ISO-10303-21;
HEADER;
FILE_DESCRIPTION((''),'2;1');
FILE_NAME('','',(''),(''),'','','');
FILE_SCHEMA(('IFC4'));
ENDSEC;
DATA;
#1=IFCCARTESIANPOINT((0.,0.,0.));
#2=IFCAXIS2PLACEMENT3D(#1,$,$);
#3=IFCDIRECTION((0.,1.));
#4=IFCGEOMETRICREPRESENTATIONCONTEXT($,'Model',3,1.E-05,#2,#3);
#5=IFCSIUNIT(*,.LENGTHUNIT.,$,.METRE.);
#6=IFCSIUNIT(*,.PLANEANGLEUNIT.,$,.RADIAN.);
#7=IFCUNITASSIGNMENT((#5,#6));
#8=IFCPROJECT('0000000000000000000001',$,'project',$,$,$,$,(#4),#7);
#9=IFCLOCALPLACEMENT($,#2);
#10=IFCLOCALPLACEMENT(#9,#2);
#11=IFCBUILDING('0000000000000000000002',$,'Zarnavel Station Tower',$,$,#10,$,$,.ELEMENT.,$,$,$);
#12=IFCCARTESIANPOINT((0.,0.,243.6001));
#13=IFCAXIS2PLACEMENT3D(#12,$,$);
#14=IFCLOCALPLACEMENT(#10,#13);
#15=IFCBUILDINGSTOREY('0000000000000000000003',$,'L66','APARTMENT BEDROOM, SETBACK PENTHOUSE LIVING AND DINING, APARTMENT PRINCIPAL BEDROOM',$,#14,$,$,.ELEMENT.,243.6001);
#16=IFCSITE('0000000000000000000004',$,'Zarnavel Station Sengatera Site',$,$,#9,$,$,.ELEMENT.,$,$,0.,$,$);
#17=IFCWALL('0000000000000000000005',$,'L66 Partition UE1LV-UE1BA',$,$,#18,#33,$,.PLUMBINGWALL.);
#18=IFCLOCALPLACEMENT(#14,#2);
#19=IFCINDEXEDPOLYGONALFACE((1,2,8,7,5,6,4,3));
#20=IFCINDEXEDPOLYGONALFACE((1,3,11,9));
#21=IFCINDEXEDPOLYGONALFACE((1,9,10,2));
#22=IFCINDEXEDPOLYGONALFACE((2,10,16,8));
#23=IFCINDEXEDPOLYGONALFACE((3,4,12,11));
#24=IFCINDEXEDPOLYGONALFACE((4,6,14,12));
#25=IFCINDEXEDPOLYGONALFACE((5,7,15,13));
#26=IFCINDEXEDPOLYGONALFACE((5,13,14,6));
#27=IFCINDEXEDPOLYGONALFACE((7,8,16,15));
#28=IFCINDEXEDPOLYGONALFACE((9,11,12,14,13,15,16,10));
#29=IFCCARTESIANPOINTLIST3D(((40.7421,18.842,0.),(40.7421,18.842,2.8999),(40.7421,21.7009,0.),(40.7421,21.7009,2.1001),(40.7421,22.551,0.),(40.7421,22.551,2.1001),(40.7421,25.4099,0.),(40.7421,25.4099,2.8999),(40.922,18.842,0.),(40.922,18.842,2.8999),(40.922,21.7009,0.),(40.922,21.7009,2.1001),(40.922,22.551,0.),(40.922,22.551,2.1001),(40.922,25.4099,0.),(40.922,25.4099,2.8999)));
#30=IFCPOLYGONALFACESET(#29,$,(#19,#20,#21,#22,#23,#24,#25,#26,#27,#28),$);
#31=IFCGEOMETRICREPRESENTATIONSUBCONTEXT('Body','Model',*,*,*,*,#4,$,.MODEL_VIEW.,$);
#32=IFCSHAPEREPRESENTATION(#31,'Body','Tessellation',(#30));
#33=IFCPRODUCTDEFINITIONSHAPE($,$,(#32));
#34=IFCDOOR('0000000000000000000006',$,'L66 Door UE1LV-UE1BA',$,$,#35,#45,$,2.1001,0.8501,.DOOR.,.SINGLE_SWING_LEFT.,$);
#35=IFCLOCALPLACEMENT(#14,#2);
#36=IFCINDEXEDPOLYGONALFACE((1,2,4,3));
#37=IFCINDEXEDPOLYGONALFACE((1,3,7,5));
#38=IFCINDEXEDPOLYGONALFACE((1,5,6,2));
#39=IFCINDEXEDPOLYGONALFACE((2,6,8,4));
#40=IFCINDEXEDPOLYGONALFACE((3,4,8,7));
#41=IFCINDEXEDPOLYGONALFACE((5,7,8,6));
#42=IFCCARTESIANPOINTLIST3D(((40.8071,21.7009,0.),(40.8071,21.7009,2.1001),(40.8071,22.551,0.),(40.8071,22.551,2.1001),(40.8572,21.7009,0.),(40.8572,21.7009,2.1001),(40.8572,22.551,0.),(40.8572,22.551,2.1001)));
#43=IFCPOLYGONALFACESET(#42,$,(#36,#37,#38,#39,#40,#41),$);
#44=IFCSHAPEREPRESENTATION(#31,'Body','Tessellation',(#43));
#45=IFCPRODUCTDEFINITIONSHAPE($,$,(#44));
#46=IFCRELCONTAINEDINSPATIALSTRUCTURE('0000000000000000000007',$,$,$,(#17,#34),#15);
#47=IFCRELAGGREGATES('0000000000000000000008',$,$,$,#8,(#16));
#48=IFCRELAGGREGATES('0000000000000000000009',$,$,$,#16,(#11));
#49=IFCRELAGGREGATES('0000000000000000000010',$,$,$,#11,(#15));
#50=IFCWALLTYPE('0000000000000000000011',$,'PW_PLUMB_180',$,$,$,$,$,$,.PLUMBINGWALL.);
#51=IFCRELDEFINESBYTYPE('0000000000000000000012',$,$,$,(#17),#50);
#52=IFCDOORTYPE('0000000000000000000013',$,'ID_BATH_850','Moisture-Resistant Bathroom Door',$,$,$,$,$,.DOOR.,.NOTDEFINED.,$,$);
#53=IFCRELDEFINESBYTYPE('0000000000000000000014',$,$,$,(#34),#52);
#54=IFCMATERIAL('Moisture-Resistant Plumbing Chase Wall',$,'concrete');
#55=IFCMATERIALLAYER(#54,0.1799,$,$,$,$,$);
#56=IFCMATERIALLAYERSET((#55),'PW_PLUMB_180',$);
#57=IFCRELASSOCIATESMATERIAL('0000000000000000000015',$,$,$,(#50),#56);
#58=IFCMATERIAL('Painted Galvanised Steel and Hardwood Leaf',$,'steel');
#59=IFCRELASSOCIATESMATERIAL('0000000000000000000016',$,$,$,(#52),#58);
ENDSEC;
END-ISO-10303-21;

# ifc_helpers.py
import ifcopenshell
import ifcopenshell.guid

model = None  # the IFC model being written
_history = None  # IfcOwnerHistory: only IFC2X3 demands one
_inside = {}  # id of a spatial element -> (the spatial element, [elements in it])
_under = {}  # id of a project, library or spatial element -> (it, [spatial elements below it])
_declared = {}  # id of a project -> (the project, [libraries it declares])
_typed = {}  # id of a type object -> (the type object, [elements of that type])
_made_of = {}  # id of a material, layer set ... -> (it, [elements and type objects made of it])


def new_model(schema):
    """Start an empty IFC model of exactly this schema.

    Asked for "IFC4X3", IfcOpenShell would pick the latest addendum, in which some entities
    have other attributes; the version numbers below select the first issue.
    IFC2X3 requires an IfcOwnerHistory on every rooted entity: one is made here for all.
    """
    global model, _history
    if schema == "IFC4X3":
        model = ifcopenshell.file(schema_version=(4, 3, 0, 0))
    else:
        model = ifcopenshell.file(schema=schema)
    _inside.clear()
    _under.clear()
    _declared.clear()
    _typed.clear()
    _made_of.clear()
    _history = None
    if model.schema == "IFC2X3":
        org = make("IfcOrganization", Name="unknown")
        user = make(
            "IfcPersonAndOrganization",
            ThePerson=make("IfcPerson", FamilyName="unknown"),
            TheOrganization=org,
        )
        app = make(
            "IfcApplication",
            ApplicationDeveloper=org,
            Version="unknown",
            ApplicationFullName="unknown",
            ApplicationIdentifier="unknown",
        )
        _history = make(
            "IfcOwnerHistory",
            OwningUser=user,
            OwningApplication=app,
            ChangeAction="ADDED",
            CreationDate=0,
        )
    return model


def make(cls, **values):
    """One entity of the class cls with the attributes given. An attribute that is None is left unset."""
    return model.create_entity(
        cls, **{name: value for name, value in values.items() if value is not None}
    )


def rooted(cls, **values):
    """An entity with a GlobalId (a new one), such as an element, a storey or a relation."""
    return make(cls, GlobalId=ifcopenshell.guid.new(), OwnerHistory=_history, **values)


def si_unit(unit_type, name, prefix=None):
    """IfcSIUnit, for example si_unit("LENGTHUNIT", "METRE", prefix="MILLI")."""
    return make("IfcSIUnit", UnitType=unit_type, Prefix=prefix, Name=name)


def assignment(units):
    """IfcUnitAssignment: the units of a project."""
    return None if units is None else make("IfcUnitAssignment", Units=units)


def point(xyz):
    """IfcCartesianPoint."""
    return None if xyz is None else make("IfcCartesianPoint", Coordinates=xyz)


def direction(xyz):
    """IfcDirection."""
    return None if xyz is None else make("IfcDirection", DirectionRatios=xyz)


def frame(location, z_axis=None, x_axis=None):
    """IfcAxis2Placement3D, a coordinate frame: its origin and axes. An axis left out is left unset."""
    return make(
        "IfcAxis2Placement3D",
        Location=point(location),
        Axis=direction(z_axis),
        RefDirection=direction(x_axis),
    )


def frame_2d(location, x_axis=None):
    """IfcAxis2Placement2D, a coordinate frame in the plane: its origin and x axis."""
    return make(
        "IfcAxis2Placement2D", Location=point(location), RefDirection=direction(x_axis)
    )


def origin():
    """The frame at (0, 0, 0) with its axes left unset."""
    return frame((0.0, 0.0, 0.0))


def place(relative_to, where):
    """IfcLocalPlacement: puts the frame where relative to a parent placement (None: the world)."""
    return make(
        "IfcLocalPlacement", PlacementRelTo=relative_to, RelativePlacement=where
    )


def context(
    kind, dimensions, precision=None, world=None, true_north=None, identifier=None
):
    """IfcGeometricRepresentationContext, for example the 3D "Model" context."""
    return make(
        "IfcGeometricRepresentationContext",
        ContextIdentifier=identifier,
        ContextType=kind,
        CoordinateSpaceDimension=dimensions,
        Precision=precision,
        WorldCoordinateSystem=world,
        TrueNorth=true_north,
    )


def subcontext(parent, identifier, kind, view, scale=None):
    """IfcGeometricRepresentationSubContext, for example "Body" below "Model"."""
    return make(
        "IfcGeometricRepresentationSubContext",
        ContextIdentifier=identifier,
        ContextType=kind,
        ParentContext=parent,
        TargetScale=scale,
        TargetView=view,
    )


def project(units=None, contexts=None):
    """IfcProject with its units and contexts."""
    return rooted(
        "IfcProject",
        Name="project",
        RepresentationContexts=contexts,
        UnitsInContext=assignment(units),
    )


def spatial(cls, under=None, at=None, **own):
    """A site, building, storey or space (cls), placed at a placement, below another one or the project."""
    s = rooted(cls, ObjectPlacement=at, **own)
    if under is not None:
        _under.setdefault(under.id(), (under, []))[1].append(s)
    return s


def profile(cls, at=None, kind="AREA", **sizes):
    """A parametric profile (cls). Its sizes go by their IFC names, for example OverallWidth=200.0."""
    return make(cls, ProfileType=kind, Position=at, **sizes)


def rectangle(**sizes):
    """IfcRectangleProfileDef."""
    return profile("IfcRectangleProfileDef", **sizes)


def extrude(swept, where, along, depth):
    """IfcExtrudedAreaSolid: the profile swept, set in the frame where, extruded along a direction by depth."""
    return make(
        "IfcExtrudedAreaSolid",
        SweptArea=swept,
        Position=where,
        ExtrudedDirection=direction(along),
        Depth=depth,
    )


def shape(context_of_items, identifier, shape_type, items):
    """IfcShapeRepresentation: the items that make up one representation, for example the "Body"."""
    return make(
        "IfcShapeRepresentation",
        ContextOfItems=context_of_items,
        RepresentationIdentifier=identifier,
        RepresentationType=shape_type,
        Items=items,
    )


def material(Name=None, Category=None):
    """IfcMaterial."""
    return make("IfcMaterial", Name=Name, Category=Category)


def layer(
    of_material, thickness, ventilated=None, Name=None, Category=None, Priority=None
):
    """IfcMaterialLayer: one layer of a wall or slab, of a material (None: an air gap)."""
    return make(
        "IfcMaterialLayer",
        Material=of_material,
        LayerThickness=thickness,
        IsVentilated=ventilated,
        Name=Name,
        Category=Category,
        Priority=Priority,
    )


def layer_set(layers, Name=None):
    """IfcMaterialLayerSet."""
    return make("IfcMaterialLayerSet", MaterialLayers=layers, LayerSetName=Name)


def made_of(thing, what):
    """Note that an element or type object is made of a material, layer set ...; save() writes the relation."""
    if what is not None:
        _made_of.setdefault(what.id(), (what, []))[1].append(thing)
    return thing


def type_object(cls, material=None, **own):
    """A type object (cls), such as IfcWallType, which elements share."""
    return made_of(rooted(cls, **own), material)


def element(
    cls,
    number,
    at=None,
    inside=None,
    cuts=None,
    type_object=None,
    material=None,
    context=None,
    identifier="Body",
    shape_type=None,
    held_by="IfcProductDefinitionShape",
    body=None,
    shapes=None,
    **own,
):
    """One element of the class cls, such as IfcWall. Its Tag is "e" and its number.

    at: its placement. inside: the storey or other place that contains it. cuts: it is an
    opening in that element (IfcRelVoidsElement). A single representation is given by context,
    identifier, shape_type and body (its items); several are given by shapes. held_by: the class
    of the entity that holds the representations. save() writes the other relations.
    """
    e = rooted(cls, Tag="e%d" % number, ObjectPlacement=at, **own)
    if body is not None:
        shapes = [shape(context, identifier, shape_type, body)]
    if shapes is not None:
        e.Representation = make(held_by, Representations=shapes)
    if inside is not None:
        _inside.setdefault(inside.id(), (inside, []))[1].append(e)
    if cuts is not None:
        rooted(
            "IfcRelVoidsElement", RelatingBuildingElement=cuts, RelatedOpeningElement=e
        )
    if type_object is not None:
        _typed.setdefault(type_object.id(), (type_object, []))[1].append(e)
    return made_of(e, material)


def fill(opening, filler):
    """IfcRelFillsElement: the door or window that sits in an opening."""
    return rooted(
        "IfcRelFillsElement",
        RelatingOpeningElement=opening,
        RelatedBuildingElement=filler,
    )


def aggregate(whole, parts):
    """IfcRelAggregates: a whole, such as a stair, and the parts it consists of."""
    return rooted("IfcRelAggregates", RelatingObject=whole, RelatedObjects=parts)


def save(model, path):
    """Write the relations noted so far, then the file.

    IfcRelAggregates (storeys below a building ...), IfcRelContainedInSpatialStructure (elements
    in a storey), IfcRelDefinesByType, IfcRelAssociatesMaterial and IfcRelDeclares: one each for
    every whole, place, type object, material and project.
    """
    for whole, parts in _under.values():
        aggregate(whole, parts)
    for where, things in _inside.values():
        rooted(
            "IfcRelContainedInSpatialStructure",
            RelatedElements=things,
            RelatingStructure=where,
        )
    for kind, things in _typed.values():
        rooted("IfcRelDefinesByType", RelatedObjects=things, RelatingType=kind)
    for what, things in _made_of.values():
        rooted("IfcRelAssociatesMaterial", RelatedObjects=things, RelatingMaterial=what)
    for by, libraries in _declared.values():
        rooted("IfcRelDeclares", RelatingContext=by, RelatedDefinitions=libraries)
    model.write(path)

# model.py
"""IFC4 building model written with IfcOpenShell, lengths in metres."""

from ifc_helpers import new_model, si_unit, direction, frame, frame_2d, origin, place, context, subcontext, project, spatial, rectangle, extrude, material, layer, layer_set, type_object, element, fill, save


model = new_model("IFC4")

# Units and contexts
model_context = context("Model", 3, precision=1e-05, world=origin(), true_north=direction((0.0, 1.0)))
body_context = subcontext(model_context, "Body", "Model", "MODEL_VIEW")
ifc_project = project(units=[si_unit("LENGTHUNIT", "METRE"), si_unit("PLANEANGLEUNIT", "RADIAN")], contexts=[model_context])

# Site, building, storey
site_placement = place(None, origin())
site = spatial("IfcSite", under=ifc_project, at=site_placement, Name="Zarnavel Station Sengatera Site", CompositionType="ELEMENT", RefElevation=0.0)
building_placement = place(site_placement, origin())
building = spatial("IfcBuilding", under=site, at=building_placement, Name="Zarnavel Station Tower", CompositionType="ELEMENT")
storey_placement = place(building_placement, frame((0.0, 0.0, 243.6001)))
storey = spatial("IfcBuildingStorey", under=building, at=storey_placement, Name="L66", Description="APARTMENT BEDROOM, SETBACK PENTHOUSE LIVING AND DINING, APARTMENT PRINCIPAL BEDROOM", CompositionType="ELEMENT", Elevation=243.6001)

# Wall, opening, door
ifc_material_1 = material(Name="Moisture-Resistant Plumbing Chase Wall", Category="concrete")
ifc_layer_1 = layer(ifc_material_1, 0.1799)
ifc_layer_set_1 = layer_set([ifc_layer_1], Name="PW_PLUMB_180")
wall_type_1 = type_object("IfcWallType", Name="PW_PLUMB_180", PredefinedType="PLUMBINGWALL", material=ifc_layer_set_1)
wall_1_placement = place(storey_placement, frame((40.832, 18.842, 0.0), z_axis=(0.0, 0.0, 1.0), x_axis=(0.0, 1.0, 0.0)))
wall_1 = element("IfcWall", 1, at=wall_1_placement, inside=storey, type_object=wall_type_1, Name="L66 Partition UE1LV-UE1BA", PredefinedType="PLUMBINGWALL", context=body_context, shape_type="SweptSolid", body=[
    extrude(rectangle(XDim=6.5679, YDim=0.1799, at=frame_2d((3.2839, 0.0))), origin(), (0.0, 0.0, 1.0), 2.8999),
])
opening_1_placement = place(wall_1_placement, frame((2.8589, 0.0, 0.0)))
opening_1 = element("IfcOpeningElement", 2, at=opening_1_placement, cuts=wall_1, PredefinedType="OPENING", context=body_context, shape_type="SweptSolid", body=[
    extrude(rectangle(XDim=0.8501, YDim=2.1001, at=frame_2d((0.425, 1.05))), frame((0.0, 0.0999, 0.0), z_axis=(0.0, -1.0, 0.0), x_axis=(1.0, 0.0, 0.0)), (0.0, 0.0, 1.0), 0.2),
])
ifc_material_2 = material(Name="Painted Galvanised Steel and Hardwood Leaf", Category="steel")
door_type_1 = type_object("IfcDoorType", Name="ID_BATH_850", Description="Moisture-Resistant Bathroom Door", OperationType="NOTDEFINED", PredefinedType="DOOR", material=ifc_material_2)
door_1_placement = place(opening_1_placement, origin())
door_1 = element("IfcDoor", 3, at=door_1_placement, inside=storey, type_object=door_type_1, Name="L66 Door UE1LV-UE1BA", OperationType="SINGLE_SWING_LEFT", OverallHeight=2.1001, OverallWidth=0.8501, PredefinedType="DOOR", context=body_context, shape_type="SweptSolid", body=[
    extrude(rectangle(XDim=0.8501, YDim=2.1001, at=frame_2d((0.425, 1.05))), frame((0.0, 0.0249, 0.0), z_axis=(0.0, -1.0, 0.0), x_axis=(1.0, 0.0, 0.0)), (0.0, 0.0, 1.0), 0.05),
])
fill(opening_1, door_1)

save(model, "model.ifc")
